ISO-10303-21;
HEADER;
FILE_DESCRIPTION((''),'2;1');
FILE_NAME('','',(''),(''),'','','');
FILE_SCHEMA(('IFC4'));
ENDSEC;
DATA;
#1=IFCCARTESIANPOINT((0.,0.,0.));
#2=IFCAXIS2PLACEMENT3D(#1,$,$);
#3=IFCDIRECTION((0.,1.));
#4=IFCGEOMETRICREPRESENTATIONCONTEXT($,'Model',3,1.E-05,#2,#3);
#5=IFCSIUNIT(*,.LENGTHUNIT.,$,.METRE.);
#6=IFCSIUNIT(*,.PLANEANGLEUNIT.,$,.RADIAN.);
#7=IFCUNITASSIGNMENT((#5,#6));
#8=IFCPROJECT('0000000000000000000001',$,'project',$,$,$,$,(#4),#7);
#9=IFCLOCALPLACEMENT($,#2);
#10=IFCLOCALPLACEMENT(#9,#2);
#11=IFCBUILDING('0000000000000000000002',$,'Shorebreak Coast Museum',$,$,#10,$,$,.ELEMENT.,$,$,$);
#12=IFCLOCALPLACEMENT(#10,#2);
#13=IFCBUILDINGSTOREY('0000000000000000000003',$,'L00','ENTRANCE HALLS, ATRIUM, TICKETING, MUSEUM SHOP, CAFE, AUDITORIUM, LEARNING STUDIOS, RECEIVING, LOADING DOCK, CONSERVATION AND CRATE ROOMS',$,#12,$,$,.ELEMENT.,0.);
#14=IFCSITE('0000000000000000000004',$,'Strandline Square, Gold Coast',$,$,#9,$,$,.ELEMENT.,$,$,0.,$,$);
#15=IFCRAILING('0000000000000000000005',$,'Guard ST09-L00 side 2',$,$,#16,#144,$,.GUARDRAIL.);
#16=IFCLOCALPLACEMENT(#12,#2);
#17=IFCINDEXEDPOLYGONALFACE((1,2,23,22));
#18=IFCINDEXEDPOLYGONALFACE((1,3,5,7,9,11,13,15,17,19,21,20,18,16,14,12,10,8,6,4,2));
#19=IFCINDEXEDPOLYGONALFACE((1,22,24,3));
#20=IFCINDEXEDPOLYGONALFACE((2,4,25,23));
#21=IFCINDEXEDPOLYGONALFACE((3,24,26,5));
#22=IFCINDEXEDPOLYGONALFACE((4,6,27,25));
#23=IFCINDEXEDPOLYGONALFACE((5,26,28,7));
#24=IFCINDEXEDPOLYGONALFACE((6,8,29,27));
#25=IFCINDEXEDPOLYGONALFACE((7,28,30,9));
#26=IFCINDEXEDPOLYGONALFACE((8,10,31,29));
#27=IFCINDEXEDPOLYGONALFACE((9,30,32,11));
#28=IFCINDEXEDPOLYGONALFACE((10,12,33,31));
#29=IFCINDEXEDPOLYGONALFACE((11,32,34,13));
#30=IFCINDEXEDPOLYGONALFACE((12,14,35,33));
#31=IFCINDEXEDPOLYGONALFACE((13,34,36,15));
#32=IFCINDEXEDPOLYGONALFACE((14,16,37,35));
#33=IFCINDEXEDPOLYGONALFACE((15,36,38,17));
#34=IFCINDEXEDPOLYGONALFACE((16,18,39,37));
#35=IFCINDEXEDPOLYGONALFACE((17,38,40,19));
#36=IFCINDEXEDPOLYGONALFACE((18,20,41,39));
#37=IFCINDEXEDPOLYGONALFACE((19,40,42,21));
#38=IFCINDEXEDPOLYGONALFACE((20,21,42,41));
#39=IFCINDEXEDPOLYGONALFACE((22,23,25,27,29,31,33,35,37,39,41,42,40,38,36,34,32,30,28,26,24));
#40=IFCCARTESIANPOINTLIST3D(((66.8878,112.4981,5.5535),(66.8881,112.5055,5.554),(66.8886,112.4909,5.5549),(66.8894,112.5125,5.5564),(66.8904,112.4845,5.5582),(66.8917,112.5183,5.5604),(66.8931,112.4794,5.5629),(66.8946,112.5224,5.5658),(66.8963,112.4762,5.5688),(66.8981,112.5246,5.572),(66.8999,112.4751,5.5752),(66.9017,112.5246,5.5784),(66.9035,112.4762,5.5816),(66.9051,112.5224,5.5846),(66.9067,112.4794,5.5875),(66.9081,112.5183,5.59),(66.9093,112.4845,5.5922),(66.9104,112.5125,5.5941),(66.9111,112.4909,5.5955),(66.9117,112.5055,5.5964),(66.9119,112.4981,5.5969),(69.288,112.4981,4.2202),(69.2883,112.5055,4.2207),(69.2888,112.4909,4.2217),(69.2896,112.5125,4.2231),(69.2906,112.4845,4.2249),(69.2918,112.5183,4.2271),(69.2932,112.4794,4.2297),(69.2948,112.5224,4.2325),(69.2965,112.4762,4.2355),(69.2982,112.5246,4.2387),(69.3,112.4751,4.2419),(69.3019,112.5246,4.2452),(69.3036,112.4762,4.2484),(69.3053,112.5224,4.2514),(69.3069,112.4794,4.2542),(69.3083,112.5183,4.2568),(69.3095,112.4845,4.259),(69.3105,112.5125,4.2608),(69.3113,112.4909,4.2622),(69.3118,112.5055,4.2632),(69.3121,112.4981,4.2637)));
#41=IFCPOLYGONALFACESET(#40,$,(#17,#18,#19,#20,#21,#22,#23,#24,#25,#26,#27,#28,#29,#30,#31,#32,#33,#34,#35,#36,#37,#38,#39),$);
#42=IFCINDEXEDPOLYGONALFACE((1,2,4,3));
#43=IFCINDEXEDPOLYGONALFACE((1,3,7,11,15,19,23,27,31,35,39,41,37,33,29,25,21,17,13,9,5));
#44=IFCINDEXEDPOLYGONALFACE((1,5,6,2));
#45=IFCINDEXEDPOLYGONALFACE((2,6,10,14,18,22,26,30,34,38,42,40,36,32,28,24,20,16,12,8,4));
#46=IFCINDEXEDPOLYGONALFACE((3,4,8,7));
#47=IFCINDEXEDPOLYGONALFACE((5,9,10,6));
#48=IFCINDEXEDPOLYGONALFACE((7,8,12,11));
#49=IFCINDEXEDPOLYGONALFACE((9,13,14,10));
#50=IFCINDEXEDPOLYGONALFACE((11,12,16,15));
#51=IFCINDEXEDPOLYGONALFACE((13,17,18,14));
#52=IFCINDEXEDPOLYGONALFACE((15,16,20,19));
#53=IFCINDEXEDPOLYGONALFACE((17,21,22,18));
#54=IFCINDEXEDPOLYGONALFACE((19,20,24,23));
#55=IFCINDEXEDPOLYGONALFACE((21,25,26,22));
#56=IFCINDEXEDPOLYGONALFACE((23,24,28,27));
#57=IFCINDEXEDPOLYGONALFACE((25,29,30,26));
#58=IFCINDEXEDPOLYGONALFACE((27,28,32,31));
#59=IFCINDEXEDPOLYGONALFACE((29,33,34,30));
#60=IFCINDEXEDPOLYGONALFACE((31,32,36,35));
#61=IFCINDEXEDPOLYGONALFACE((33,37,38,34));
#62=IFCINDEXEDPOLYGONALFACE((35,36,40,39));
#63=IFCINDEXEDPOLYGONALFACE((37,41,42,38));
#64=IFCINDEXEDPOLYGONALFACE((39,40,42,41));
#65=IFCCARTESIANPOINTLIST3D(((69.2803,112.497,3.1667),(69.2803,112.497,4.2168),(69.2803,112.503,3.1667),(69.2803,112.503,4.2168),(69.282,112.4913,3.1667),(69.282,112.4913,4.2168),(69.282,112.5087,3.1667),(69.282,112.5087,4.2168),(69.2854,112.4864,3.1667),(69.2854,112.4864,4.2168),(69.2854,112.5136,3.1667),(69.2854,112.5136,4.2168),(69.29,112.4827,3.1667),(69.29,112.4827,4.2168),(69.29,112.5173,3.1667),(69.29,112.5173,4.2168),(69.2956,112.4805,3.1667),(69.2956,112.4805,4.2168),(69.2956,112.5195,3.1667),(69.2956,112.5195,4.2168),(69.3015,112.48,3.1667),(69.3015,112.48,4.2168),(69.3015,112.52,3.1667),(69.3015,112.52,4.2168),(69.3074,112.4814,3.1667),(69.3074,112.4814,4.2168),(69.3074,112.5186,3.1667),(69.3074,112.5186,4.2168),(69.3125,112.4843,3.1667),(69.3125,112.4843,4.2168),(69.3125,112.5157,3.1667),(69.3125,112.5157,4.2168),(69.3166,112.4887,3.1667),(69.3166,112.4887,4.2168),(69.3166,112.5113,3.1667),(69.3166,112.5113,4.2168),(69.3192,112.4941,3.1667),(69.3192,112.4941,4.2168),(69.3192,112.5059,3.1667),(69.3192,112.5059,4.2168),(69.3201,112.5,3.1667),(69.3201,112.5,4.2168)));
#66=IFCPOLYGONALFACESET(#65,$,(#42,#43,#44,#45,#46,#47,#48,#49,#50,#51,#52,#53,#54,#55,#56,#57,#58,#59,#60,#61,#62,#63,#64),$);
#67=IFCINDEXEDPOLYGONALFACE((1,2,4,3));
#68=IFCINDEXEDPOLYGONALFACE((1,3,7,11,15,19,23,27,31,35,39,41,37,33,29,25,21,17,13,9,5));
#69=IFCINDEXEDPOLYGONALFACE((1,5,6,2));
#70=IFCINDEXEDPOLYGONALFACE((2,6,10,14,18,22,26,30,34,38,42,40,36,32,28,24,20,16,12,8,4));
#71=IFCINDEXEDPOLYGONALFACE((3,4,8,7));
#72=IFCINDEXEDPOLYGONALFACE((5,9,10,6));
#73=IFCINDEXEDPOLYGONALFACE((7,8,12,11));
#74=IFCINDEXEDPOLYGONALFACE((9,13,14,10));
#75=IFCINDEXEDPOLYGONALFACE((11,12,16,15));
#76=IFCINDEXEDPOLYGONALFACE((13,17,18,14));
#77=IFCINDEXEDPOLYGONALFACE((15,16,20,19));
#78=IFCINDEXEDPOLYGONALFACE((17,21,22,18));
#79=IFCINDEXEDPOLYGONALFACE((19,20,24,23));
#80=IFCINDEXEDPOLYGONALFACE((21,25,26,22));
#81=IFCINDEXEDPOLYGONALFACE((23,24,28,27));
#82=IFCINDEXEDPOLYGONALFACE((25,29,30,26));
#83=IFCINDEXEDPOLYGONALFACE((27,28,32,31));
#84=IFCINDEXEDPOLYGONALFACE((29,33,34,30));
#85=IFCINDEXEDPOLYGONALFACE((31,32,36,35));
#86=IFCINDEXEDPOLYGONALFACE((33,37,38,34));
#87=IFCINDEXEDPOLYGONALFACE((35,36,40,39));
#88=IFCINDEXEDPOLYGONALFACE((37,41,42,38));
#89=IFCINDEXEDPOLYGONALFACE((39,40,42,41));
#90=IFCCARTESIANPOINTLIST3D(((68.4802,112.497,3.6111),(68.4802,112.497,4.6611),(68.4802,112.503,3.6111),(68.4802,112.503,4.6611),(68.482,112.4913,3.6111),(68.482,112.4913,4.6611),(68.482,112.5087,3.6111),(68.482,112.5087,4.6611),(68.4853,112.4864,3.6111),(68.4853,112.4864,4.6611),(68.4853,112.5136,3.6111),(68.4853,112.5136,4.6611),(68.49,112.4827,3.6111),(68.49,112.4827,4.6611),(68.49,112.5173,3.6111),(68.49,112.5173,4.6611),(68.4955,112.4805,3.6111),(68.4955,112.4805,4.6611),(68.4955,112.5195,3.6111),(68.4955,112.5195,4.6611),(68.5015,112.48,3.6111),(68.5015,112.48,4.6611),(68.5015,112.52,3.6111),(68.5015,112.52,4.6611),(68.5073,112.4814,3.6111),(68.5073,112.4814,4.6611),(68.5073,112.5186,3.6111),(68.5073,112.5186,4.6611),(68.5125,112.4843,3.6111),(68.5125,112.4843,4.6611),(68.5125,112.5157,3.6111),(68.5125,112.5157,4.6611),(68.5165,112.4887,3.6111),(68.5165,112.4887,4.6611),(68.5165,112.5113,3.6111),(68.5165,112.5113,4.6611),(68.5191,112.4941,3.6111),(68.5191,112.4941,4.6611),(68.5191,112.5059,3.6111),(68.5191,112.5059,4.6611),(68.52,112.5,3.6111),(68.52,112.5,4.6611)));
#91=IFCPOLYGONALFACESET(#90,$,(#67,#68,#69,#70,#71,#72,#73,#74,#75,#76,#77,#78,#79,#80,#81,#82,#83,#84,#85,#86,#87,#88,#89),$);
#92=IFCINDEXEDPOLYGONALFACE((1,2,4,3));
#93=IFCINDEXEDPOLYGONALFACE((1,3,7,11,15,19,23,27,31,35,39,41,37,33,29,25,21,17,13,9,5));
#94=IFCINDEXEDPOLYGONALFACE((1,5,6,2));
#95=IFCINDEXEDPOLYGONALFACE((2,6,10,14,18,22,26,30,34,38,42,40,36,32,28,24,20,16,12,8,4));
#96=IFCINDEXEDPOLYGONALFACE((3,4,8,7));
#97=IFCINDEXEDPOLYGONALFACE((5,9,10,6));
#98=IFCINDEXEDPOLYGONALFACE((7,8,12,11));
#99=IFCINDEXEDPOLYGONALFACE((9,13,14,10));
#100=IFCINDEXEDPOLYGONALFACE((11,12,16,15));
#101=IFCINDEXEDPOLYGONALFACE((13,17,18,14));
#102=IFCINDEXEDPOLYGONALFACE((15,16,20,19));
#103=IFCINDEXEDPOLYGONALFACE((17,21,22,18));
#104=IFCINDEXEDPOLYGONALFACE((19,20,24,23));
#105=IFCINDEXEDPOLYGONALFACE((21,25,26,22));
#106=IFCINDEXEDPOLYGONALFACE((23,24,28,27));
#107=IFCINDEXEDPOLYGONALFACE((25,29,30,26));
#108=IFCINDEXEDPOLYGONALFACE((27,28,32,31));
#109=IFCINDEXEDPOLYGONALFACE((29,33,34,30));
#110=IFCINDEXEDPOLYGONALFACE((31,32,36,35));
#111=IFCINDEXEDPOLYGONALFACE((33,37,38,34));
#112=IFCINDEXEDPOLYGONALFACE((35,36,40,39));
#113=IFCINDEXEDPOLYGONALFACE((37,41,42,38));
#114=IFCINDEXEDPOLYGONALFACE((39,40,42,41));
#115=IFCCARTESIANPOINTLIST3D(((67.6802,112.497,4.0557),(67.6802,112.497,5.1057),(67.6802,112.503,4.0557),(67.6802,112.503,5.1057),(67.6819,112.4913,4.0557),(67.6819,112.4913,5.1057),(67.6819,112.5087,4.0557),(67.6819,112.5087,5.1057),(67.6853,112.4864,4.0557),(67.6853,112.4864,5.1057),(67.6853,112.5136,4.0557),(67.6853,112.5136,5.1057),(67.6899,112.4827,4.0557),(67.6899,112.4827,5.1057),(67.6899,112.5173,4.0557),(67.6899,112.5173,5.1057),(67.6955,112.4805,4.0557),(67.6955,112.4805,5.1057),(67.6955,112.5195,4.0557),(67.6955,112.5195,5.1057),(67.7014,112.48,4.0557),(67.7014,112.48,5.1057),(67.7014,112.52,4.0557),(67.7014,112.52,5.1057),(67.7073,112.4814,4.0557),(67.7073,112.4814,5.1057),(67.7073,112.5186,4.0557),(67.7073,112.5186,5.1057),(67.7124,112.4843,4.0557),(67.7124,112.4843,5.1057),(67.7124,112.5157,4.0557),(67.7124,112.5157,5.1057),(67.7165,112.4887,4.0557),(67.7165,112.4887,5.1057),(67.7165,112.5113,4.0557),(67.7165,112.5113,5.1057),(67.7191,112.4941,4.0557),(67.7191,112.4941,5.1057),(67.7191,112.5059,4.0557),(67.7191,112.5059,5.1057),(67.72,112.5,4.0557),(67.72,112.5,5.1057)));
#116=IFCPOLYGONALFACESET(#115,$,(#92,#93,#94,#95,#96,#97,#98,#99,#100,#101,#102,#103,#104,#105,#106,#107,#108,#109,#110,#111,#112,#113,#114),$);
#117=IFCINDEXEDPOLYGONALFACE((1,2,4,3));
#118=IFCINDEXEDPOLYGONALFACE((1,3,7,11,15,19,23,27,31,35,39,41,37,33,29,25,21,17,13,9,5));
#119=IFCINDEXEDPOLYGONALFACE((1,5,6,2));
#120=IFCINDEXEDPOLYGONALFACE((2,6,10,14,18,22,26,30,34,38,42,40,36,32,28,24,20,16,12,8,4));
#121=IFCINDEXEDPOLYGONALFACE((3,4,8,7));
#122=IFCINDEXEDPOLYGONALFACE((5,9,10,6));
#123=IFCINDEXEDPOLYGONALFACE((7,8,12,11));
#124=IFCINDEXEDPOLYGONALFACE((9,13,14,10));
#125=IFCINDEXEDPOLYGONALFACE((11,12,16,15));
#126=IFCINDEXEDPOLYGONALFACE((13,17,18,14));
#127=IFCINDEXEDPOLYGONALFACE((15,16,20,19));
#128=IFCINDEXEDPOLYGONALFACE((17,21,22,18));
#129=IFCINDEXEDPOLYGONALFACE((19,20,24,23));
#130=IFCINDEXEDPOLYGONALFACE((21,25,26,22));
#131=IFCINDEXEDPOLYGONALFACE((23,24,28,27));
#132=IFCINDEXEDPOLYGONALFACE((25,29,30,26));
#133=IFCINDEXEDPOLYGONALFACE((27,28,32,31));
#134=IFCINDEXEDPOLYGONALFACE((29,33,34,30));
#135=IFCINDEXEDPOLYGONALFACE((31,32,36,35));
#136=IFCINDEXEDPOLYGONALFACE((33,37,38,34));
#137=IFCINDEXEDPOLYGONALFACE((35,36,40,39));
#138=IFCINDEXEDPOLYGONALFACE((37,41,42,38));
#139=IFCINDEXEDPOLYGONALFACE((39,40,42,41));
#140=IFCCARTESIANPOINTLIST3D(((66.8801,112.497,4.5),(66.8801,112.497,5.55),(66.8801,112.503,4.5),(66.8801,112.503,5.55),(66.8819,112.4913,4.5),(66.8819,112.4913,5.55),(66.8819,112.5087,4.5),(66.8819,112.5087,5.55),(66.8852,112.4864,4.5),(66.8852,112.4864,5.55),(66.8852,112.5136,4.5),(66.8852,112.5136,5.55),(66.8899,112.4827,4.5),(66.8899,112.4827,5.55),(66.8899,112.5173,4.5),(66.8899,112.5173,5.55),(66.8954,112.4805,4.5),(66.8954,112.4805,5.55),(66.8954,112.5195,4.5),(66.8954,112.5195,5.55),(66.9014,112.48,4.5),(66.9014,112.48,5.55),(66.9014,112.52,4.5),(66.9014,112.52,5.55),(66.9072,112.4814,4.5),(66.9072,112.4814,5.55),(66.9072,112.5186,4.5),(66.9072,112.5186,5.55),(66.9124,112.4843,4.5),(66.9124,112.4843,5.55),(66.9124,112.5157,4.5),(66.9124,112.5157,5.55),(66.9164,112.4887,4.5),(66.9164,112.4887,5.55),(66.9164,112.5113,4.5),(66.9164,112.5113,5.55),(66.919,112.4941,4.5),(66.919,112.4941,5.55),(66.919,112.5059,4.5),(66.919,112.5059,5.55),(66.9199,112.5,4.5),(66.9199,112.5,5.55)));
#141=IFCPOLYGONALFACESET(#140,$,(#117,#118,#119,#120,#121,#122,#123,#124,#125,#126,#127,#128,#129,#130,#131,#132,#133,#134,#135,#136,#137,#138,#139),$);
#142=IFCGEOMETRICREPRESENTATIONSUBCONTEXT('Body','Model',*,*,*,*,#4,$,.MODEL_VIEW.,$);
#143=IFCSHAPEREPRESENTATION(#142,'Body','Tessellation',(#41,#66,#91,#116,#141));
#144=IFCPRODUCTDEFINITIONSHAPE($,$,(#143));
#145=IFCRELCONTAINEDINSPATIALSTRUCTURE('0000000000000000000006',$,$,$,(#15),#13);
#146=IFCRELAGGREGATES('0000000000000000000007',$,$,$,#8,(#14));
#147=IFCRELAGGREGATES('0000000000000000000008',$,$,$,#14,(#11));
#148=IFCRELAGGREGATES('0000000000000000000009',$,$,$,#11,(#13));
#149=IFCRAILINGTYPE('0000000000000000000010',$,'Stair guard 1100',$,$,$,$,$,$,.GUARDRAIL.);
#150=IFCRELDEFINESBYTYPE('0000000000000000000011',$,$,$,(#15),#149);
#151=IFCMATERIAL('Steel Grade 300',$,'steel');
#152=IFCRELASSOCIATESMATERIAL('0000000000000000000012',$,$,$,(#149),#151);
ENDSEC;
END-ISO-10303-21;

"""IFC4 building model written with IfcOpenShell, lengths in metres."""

from ifc_helpers import new_model, si_unit, direction, frame, origin, origin_2d, place, context, subcontext, project, spatial, circle, extrude, material, type_object, element, save


model = new_model("IFC4")

# Units and contexts
model_context = context("Model", 3, precision=1e-05, world=origin(), true_north=direction((0.0, 1.0)))
body_context = subcontext(model_context, "Body", "Model", "MODEL_VIEW")
ifc_project = project(units=[si_unit("LENGTHUNIT", "METRE"), si_unit("PLANEANGLEUNIT", "RADIAN")], contexts=[model_context])

# Site, building, storey
site_placement = place(None, origin())
site = spatial("IfcSite", under=ifc_project, at=site_placement, Name="Strandline Square, Gold Coast", CompositionType="ELEMENT", RefElevation=0.0)
building_placement = place(site_placement, origin())
building = spatial("IfcBuilding", under=site, at=building_placement, Name="Shorebreak Coast Museum", CompositionType="ELEMENT")
storey_placement = place(building_placement, origin())
storey = spatial("IfcBuildingStorey", under=building, at=storey_placement, Name="L00", Description="ENTRANCE HALLS, ATRIUM, TICKETING, MUSEUM SHOP, CAFE, AUDITORIUM, LEARNING STUDIOS, RECEIVING, LOADING DOCK, CONSERVATION AND CRATE ROOMS", CompositionType="ELEMENT", Elevation=0.0)

# Railing
ifc_material_1 = material(Name="Steel Grade 300", Category="steel")
railing_type_1 = type_object("IfcRailingType", Name="Stair guard 1100", PredefinedType="GUARDRAIL", material=ifc_material_1)
railing_1_placement = place(storey_placement, frame((69.3, 112.5, 3.1667)))
element("IfcRailing", 1, at=railing_1_placement, inside=storey, type_object=railing_type_1, Name="Guard ST09-L00 side 2", PredefinedType="GUARDRAIL", context=body_context, shape_type="SweptSolid", body=[
    extrude(circle(Radius=0.0249, at=origin_2d()), frame((0.0, 0.0, 1.0752), z_axis=(-0.874182, 0.0, 0.485598), x_axis=(0.0, -1.0, 0.0)), (0.0, 0.0, 1.0), 2.7456),
    extrude(circle(Radius=0.02, at=origin_2d()), origin(), (0.0, 0.0, 1.0), 1.05),
    extrude(circle(Radius=0.02, at=origin_2d()), frame((-0.8, 0.0, 0.4443)), (0.0, 0.0, 1.0), 1.05),
    extrude(circle(Radius=0.02, at=origin_2d()), frame((-1.6001, 0.0, 0.8889)), (0.0, 0.0, 1.0), 1.05),
    extrude(circle(Radius=0.02, at=origin_2d()), frame((-2.4001, 0.0, 1.3333)), (0.0, 0.0, 1.0), 1.05),
])

save(model, "model.ifc")
